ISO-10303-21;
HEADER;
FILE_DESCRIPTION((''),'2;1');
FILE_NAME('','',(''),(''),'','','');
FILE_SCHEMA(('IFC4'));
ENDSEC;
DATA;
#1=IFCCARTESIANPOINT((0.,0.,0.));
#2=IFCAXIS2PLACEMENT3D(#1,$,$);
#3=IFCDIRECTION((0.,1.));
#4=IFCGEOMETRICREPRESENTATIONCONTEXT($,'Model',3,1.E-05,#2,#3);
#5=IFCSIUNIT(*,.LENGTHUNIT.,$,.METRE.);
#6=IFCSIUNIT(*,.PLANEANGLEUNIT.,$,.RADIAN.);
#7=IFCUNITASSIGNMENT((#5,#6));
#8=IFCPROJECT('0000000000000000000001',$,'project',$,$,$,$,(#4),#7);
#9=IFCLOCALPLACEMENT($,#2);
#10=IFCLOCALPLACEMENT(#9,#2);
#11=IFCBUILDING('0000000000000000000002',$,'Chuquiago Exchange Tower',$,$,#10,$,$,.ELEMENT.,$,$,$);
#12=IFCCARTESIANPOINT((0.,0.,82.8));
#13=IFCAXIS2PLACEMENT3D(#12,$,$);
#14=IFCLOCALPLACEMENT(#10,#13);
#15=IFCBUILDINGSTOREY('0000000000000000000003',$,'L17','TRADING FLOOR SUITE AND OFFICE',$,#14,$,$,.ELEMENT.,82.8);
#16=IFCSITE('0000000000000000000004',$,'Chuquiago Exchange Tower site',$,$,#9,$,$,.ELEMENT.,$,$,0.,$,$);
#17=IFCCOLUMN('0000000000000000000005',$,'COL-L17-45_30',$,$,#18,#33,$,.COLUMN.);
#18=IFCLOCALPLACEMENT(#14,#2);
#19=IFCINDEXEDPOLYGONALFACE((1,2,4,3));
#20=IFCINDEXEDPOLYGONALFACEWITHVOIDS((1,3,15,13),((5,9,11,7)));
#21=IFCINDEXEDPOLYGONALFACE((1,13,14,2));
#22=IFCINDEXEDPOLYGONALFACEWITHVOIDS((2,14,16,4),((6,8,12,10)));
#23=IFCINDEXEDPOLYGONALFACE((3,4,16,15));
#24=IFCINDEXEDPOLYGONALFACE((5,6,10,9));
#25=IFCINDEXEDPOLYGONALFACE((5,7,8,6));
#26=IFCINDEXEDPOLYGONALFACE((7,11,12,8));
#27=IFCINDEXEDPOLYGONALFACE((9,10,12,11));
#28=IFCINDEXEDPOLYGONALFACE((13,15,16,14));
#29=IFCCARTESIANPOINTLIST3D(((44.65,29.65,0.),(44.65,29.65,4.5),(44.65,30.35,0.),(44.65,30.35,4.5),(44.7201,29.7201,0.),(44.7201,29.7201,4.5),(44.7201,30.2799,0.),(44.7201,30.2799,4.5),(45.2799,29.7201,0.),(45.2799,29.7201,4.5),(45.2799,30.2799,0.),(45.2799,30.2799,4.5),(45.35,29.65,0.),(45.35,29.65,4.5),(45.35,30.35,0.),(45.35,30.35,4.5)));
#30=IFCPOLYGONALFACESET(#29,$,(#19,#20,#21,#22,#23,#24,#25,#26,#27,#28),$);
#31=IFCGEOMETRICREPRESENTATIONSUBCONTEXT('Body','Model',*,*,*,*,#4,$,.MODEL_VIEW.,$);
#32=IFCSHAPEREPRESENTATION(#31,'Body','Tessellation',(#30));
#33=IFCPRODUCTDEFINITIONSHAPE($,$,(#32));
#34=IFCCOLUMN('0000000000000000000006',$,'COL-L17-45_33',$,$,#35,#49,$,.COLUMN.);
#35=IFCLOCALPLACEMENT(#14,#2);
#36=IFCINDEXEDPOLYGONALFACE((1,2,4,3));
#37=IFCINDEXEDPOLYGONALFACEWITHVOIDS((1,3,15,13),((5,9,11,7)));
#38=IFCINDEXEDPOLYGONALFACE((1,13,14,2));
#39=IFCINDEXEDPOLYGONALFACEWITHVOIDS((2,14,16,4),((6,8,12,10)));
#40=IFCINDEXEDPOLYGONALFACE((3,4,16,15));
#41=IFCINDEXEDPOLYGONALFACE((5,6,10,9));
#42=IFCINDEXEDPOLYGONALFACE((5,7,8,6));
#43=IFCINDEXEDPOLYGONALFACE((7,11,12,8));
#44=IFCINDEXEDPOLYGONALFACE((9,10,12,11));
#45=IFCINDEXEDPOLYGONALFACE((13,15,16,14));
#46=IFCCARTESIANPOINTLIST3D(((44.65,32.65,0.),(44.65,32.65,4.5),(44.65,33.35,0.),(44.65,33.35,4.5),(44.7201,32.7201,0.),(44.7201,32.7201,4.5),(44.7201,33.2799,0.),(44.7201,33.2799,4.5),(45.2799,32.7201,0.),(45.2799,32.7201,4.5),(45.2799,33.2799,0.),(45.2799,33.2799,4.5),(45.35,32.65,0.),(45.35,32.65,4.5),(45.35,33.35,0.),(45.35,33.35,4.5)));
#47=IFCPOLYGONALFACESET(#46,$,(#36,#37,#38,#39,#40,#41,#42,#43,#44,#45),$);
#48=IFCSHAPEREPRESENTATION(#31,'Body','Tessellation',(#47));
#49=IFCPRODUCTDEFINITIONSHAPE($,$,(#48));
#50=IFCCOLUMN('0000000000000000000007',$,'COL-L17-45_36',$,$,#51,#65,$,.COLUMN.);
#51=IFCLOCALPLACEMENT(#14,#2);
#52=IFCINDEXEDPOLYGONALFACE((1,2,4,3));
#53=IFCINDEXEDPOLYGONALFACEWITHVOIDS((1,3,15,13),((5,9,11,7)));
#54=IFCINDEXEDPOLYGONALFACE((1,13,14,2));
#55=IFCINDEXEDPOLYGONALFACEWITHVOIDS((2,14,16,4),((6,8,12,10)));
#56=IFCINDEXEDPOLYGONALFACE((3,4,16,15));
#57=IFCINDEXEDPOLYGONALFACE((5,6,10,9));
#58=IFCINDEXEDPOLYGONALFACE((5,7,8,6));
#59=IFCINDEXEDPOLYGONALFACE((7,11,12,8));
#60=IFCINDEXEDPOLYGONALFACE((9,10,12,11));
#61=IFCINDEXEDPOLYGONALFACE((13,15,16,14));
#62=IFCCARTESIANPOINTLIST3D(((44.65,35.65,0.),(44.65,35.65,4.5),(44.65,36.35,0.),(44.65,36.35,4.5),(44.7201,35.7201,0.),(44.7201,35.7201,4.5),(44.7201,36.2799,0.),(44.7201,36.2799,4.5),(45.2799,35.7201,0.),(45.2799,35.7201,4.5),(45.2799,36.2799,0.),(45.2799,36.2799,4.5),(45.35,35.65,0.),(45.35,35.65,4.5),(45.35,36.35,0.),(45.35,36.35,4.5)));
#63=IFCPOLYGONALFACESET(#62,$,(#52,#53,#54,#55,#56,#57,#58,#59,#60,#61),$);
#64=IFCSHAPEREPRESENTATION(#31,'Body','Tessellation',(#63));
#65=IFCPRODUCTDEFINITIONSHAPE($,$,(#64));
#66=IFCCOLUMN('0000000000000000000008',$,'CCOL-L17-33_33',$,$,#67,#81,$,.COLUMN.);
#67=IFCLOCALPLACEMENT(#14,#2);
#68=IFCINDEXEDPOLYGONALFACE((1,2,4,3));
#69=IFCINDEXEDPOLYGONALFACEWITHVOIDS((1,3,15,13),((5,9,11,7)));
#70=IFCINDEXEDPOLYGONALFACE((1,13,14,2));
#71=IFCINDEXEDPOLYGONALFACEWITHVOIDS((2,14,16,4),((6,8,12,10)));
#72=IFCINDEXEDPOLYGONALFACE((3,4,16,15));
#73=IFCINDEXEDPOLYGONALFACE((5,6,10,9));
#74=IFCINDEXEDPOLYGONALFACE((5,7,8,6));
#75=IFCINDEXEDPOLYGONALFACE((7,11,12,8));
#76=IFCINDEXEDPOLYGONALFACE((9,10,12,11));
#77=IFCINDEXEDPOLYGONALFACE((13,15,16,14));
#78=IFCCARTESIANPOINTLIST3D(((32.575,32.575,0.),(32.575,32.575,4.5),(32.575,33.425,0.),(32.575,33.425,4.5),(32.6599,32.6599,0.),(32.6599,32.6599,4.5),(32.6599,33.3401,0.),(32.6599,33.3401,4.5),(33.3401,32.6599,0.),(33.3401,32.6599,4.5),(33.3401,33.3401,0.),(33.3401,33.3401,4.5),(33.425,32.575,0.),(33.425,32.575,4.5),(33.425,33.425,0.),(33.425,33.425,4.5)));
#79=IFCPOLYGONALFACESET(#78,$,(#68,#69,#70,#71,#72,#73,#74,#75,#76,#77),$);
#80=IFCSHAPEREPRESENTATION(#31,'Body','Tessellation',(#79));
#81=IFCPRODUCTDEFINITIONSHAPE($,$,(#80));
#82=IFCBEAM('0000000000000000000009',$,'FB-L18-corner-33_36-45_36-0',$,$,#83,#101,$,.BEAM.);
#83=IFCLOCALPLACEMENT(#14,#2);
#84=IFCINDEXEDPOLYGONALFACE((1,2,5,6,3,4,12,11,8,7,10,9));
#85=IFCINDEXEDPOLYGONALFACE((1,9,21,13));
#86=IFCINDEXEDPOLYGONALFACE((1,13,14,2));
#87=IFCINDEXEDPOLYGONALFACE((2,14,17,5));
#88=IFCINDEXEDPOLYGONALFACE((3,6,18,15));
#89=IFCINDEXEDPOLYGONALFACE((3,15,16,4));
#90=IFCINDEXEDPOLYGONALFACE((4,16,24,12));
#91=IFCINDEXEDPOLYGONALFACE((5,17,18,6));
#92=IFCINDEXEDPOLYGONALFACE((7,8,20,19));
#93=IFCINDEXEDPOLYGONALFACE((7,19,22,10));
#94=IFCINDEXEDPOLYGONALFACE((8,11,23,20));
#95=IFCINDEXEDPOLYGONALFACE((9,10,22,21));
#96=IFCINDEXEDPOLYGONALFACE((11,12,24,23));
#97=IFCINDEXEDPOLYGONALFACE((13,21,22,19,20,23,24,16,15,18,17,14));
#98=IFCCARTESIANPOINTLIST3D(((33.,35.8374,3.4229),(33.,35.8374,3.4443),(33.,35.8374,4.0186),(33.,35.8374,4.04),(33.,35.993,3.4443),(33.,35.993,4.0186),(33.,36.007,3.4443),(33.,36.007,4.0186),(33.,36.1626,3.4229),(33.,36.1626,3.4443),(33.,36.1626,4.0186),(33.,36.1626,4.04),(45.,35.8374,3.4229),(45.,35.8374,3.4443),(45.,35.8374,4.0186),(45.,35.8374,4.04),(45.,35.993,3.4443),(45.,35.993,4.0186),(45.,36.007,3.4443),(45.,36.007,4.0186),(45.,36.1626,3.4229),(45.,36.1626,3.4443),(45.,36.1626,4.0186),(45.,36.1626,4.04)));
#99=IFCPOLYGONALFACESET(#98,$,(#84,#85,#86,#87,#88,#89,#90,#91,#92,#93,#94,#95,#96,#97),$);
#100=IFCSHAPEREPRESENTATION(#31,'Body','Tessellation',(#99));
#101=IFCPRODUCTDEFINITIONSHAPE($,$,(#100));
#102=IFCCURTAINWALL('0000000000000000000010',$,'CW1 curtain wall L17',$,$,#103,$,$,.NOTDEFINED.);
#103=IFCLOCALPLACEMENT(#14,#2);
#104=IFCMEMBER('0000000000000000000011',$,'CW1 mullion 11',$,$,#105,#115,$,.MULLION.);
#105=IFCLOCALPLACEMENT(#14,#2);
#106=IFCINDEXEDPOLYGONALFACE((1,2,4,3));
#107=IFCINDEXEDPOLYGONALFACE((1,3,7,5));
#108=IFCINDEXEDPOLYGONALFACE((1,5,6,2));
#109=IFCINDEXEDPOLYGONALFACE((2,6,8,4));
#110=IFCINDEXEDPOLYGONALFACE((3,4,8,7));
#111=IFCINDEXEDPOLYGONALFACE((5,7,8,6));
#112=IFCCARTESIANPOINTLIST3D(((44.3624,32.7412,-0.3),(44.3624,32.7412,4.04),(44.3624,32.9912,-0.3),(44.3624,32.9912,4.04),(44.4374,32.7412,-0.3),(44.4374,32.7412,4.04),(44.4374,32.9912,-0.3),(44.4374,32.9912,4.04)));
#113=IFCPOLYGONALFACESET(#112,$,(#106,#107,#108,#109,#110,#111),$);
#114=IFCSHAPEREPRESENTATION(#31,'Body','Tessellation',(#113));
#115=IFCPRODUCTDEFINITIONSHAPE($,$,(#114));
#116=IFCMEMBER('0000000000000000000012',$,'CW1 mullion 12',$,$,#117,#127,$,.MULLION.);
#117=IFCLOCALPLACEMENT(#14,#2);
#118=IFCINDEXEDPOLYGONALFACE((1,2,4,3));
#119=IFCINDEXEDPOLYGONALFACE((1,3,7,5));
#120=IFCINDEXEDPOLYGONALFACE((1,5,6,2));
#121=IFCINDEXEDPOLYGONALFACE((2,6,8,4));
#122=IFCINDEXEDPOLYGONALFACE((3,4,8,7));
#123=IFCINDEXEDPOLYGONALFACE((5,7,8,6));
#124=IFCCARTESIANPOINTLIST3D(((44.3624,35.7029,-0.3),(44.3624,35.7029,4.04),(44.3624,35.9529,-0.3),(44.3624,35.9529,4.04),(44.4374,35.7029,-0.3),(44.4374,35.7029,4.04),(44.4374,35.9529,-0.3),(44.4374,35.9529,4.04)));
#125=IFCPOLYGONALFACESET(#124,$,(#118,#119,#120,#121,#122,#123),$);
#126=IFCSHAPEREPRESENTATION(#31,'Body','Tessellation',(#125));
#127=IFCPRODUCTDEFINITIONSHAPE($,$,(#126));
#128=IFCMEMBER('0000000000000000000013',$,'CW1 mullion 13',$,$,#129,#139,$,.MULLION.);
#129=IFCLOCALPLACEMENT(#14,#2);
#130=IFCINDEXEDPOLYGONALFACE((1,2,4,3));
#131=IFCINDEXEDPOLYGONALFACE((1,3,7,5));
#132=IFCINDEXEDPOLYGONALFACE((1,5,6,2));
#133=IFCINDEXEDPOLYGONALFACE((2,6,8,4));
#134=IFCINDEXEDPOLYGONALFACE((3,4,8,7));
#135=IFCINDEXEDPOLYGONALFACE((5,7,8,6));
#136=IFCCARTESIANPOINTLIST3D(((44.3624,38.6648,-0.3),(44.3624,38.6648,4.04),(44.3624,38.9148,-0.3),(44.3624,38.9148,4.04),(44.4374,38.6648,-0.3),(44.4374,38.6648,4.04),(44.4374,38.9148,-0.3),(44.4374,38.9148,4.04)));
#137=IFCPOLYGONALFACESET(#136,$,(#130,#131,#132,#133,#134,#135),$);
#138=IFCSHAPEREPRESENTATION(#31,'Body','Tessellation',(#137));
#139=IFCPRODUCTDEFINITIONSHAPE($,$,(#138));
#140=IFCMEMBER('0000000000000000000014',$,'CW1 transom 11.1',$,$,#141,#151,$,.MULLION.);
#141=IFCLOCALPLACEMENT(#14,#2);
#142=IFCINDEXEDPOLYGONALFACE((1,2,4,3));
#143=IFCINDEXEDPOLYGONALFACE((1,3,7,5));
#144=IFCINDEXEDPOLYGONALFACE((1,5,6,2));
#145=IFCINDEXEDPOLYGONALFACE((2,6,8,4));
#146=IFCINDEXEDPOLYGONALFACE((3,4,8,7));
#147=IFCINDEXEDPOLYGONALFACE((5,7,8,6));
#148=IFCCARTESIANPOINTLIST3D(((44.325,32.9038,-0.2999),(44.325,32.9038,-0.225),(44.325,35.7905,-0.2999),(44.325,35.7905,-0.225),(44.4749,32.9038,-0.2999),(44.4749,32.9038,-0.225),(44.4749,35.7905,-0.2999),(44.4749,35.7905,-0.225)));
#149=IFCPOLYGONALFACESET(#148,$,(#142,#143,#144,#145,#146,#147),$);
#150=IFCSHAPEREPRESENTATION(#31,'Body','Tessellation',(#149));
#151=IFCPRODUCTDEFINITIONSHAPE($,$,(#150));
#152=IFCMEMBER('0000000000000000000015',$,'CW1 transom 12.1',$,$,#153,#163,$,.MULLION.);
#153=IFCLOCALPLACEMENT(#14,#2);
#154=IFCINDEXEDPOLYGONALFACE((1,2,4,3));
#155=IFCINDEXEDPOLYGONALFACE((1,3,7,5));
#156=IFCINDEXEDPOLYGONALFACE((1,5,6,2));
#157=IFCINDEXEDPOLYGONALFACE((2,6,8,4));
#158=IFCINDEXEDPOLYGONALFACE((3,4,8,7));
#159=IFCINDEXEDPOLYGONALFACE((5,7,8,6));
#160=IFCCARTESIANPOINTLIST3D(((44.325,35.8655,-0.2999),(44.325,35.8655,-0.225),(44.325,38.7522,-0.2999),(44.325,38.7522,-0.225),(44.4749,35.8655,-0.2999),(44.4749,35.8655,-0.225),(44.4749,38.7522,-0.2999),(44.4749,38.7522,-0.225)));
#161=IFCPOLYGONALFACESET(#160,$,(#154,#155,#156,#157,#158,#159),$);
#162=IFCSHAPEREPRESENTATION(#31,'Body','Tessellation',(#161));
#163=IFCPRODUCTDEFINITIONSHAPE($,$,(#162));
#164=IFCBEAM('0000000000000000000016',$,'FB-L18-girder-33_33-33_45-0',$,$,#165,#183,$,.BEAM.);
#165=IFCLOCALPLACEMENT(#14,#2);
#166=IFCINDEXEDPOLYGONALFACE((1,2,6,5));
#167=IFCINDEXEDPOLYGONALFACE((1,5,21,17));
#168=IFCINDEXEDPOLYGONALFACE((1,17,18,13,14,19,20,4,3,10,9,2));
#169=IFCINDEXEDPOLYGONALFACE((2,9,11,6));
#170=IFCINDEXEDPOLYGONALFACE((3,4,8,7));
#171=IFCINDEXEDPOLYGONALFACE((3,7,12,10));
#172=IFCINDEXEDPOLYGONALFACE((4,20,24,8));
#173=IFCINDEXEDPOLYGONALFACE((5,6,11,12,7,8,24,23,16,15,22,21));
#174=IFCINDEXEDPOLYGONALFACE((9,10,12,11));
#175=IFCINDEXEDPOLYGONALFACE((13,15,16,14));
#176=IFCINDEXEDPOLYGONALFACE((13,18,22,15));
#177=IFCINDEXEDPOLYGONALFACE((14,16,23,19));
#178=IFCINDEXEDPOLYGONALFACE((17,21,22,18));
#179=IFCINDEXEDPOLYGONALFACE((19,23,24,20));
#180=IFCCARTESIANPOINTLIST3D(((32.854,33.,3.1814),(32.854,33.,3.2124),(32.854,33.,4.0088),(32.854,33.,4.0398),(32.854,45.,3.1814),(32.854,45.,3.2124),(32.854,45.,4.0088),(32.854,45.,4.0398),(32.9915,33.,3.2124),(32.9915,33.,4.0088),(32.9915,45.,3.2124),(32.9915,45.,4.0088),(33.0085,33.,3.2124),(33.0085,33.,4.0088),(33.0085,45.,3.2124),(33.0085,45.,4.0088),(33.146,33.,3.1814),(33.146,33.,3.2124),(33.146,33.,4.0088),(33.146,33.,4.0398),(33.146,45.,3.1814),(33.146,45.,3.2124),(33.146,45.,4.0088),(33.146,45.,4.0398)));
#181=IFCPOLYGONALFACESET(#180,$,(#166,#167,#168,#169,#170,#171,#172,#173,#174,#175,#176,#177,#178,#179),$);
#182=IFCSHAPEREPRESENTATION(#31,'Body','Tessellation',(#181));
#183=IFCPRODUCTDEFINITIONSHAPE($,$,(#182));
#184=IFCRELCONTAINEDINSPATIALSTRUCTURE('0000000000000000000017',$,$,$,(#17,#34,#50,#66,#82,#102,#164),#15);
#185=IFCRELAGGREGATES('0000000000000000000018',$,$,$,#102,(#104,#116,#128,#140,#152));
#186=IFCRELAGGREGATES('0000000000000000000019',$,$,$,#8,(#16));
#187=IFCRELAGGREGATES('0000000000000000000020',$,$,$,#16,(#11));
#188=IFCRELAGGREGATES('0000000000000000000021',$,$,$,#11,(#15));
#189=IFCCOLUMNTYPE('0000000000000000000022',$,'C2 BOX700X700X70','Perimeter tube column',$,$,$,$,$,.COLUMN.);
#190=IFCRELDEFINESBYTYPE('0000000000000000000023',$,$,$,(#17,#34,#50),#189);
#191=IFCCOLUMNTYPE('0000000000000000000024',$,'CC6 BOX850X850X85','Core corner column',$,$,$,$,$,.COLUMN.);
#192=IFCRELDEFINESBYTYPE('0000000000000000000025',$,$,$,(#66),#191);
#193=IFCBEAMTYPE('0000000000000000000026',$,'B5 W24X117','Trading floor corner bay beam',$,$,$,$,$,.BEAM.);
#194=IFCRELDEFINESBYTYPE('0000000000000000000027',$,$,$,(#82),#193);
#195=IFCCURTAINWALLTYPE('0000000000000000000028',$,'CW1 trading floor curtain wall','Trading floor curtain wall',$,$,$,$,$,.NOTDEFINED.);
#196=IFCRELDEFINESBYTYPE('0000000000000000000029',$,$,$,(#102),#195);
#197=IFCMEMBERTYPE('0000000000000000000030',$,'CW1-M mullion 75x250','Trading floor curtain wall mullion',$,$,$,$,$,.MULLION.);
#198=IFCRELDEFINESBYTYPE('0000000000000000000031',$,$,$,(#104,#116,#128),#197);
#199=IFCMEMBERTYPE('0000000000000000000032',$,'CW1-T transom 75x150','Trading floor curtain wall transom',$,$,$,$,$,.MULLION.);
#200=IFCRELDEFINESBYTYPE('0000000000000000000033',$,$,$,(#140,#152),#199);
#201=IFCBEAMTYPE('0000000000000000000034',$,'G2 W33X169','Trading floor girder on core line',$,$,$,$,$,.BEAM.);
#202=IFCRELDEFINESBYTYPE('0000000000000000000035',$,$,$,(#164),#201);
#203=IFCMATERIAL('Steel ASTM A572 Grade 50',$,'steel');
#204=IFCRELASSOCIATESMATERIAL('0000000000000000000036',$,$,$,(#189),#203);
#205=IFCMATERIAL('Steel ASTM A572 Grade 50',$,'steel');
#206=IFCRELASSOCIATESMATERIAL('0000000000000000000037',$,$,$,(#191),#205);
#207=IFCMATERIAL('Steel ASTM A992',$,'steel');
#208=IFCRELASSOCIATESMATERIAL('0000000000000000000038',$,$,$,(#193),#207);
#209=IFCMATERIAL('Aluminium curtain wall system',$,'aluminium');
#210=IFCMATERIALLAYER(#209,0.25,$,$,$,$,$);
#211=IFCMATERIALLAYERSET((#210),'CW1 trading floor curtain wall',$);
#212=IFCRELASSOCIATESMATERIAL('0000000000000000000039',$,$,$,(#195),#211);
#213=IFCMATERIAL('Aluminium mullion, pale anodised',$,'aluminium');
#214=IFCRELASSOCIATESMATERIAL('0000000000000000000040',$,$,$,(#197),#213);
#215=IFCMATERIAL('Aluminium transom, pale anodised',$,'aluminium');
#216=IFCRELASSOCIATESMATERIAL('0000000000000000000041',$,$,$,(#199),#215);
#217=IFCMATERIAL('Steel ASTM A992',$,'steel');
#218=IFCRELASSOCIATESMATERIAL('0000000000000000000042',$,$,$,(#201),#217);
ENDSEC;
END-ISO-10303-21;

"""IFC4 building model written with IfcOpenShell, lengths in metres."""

from ifc_helpers import new_model, si_unit, direction, frame, origin, origin_2d, place, context, subcontext, project, spatial, rectangle, hollow_rectangle, i_section, extrude, material, layer, layer_set, material_profile, profile_set, type_object, element, aggregate, save


model = new_model("IFC4")

# Units and contexts
model_context = context("Model", 3, precision=1e-05, world=origin(), true_north=direction((0.0, 1.0)))
body_context = subcontext(model_context, "Body", "Model", "MODEL_VIEW")
ifc_project = project(units=[si_unit("LENGTHUNIT", "METRE"), si_unit("PLANEANGLEUNIT", "RADIAN")], contexts=[model_context])

# Site, building, storey
site_placement = place(None, origin())
site = spatial("IfcSite", under=ifc_project, at=site_placement, Name="Chuquiago Exchange Tower site", CompositionType="ELEMENT", RefElevation=0.0)
building_placement = place(site_placement, origin())
building = spatial("IfcBuilding", under=site, at=building_placement, Name="Chuquiago Exchange Tower", CompositionType="ELEMENT")
storey_placement = place(building_placement, frame((0.0, 0.0, 82.8)))
storey = spatial("IfcBuildingStorey", under=building, at=storey_placement, Name="L17", Description="TRADING FLOOR SUITE AND OFFICE", CompositionType="ELEMENT", Elevation=82.8)

# Columns
ifc_material_1 = material(Name="Steel ASTM A572 Grade 50", Category="steel")
ifc_material_profile_1 = material_profile(ifc_material_1, hollow_rectangle(XDim=0.7, YDim=0.7, WallThickness=0.0701, at=origin_2d()), Name="BOX700X700X70")
ifc_profile_set_1 = profile_set([ifc_material_profile_1], Name="Steel ASTM A572 Grade 50")
column_type_1 = type_object("IfcColumnType", Name="C2 BOX700X700X70", Description="Perimeter tube column", PredefinedType="COLUMN", material=ifc_profile_set_1)
for number, where, z_axis, x_axis, name in (
    (1, (45.0, 30.0, 0.0), (0.0, 0.0, 1.0), (1.0, 0.0, 0.0), "COL-L17-45_30"),
    (2, (45.0, 33.0, 0.0), (0.0, 0.0, 1.0), (1.0, 0.0, 0.0), "COL-L17-45_33"),
    (3, (45.0, 36.0, 0.0), (0.0, 0.0, 1.0), (1.0, 0.0, 0.0), "COL-L17-45_36"),
):
    element("IfcColumn", number, at=place(storey_placement, frame(where, z_axis=z_axis, x_axis=x_axis)), inside=storey, type_object=column_type_1, Name=name, PredefinedType="COLUMN", context=body_context, shape_type="SweptSolid", body=[
        extrude(hollow_rectangle(XDim=0.7, YDim=0.7, WallThickness=0.0701, at=origin_2d()), origin(), (0.0, 0.0, 1.0), 4.5),
    ])
ifc_material_2 = material(Name="Steel ASTM A572 Grade 50", Category="steel")
ifc_material_profile_2 = material_profile(ifc_material_2, hollow_rectangle(XDim=0.8501, YDim=0.8501, WallThickness=0.085, at=origin_2d()), Name="BOX850X850X85")
ifc_profile_set_2 = profile_set([ifc_material_profile_2], Name="Steel ASTM A572 Grade 50")
column_type_2 = type_object("IfcColumnType", Name="CC6 BOX850X850X85", Description="Core corner column", PredefinedType="COLUMN", material=ifc_profile_set_2)
column_placement = place(storey_placement, frame((33.0, 33.0, 0.0), z_axis=(0.0, 0.0, 1.0), x_axis=(1.0, 0.0, 0.0)))
element("IfcColumn", 4, at=column_placement, inside=storey, type_object=column_type_2, Name="CCOL-L17-33_33", PredefinedType="COLUMN", context=body_context, shape_type="SweptSolid", body=[
    extrude(hollow_rectangle(XDim=0.8501, YDim=0.8501, WallThickness=0.085, at=origin_2d()), origin(), (0.0, 0.0, 1.0), 4.5),
])

# Beam
ifc_material_3 = material(Name="Steel ASTM A992", Category="steel")
ifc_material_profile_3 = material_profile(ifc_material_3, i_section(OverallWidth=0.3252, OverallDepth=0.6172, WebThickness=0.0139, FlangeThickness=0.0215, at=origin_2d()), Name="W24X117")
ifc_profile_set_3 = profile_set([ifc_material_profile_3], Name="Steel ASTM A992")
beam_type_1 = type_object("IfcBeamType", Name="B5 W24X117", Description="Trading floor corner bay beam", PredefinedType="BEAM", material=ifc_profile_set_3)
beam_placement = place(storey_placement, frame((33.0, 36.0, 3.7314), z_axis=(1.0, 0.0, 0.0), x_axis=(0.0, 1.0, 0.0)))
element("IfcBeam", 5, at=beam_placement, inside=storey, type_object=beam_type_1, Name="FB-L18-corner-33_36-45_36-0", PredefinedType="BEAM", context=body_context, shape_type="SweptSolid", body=[
    extrude(i_section(OverallWidth=0.3252, OverallDepth=0.6172, WebThickness=0.0139, FlangeThickness=0.0215, at=origin_2d()), origin(), (0.0, 0.0, 1.0), 12.0),
])

# Curtain wall, members
ifc_material_4 = material(Name="Aluminium curtain wall system", Category="aluminium")
ifc_layer_1 = layer(ifc_material_4, 0.25)
ifc_layer_set_1 = layer_set([ifc_layer_1], Name="CW1 trading floor curtain wall")
curtain_wall_type = type_object("IfcCurtainWallType", Name="CW1 trading floor curtain wall", Description="Trading floor curtain wall", PredefinedType="NOTDEFINED", material=ifc_layer_set_1)
curtain_wall_placement = place(storey_placement, origin())
curtain_wall = element("IfcCurtainWall", 6, at=curtain_wall_placement, inside=storey, type_object=curtain_wall_type, Name="CW1 curtain wall L17", PredefinedType="NOTDEFINED")
ifc_material_5 = material(Name="Aluminium mullion, pale anodised", Category="aluminium")
ifc_material_profile_4 = material_profile(ifc_material_5, rectangle(XDim=0.075, YDim=0.25, at=origin_2d()), Name="AL 75x250")
ifc_profile_set_4 = profile_set([ifc_material_profile_4], Name="Aluminium mullion, pale anodised")
member_type_1 = type_object("IfcMemberType", Name="CW1-M mullion 75x250", Description="Trading floor curtain wall mullion", PredefinedType="MULLION", material=ifc_profile_set_4)
member_1_placement = place(storey_placement, frame((44.3999, 32.8662, -0.3), z_axis=(0.0, 0.0, 1.0), x_axis=(-1.0, 0.0, 0.0)))
member_1 = element("IfcMember", 7, at=member_1_placement, type_object=member_type_1, Name="CW1 mullion 11", PredefinedType="MULLION", context=body_context, shape_type="SweptSolid", body=[
    extrude(rectangle(XDim=0.075, YDim=0.25, at=origin_2d()), origin(), (0.0, 0.0, 1.0), 4.3401),
])
member_2_placement = place(storey_placement, frame((44.3999, 35.8279, -0.3), z_axis=(0.0, 0.0, 1.0), x_axis=(-1.0, 0.0, 0.0)))
member_2 = element("IfcMember", 8, at=member_2_placement, type_object=member_type_1, Name="CW1 mullion 12", PredefinedType="MULLION", context=body_context, shape_type="SweptSolid", body=[
    extrude(rectangle(XDim=0.075, YDim=0.25, at=origin_2d()), origin(), (0.0, 0.0, 1.0), 4.3401),
])
member_3_placement = place(storey_placement, frame((44.3999, 38.7898, -0.3), z_axis=(0.0, 0.0, 1.0), x_axis=(-1.0, 0.0, 0.0)))
member_3 = element("IfcMember", 9, at=member_3_placement, type_object=member_type_1, Name="CW1 mullion 13", PredefinedType="MULLION", context=body_context, shape_type="SweptSolid", body=[
    extrude(rectangle(XDim=0.075, YDim=0.25, at=origin_2d()), origin(), (0.0, 0.0, 1.0), 4.3401),
])
ifc_material_6 = material(Name="Aluminium transom, pale anodised", Category="aluminium")
ifc_material_profile_5 = material_profile(ifc_material_6, rectangle(XDim=0.1499, YDim=0.075, at=origin_2d()), Name="AL 150x75")
ifc_profile_set_5 = profile_set([ifc_material_profile_5], Name="Aluminium transom, pale anodised")
member_type_2 = type_object("IfcMemberType", Name="CW1-T transom 75x150", Description="Trading floor curtain wall transom", PredefinedType="MULLION", material=ifc_profile_set_5)
member_4_placement = place(storey_placement, frame((44.3999, 32.9038, -0.2625), z_axis=(0.0, 1.0, 0.0), x_axis=(-1.0, 0.0, 0.0)))
member_4 = element("IfcMember", 10, at=member_4_placement, type_object=member_type_2, Name="CW1 transom 11.1", PredefinedType="MULLION", context=body_context, shape_type="SweptSolid", body=[
    extrude(rectangle(XDim=0.1499, YDim=0.075, at=origin_2d()), origin(), (0.0, 0.0, 1.0), 2.8867),
])
member_5_placement = place(storey_placement, frame((44.3999, 35.8655, -0.2625), z_axis=(0.0, 1.0, 0.0), x_axis=(-1.0, 0.0, 0.0)))
member_5 = element("IfcMember", 11, at=member_5_placement, type_object=member_type_2, Name="CW1 transom 12.1", PredefinedType="MULLION", context=body_context, shape_type="SweptSolid", body=[
    extrude(rectangle(XDim=0.1499, YDim=0.075, at=origin_2d()), origin(), (0.0, 0.0, 1.0), 2.8867),
])

# Beam
ifc_material_7 = material(Name="Steel ASTM A992", Category="steel")
ifc_material_profile_6 = material_profile(ifc_material_7, i_section(OverallWidth=0.292, OverallDepth=0.8584, WebThickness=0.0171, FlangeThickness=0.031, at=origin_2d()), Name="W33X169")
ifc_profile_set_6 = profile_set([ifc_material_profile_6], Name="Steel ASTM A992")
beam_type_2 = type_object("IfcBeamType", Name="G2 W33X169", Description="Trading floor girder on core line", PredefinedType="BEAM", material=ifc_profile_set_6)
for number, where, z_axis, x_axis, name in (
    (12, (33.0, 33.0, 3.6106), (0.0, 1.0, 0.0), (-1.0, 0.0, 0.0), "FB-L18-girder-33_33-33_45-0"),
):
    element("IfcBeam", number, at=place(storey_placement, frame(where, z_axis=z_axis, x_axis=x_axis)), inside=storey, type_object=beam_type_2, Name=name, PredefinedType="BEAM", context=body_context, shape_type="SweptSolid", body=[
        extrude(i_section(OverallWidth=0.292, OverallDepth=0.8584, WebThickness=0.0171, FlangeThickness=0.031, at=origin_2d()), origin(), (0.0, 0.0, 1.0), 12.0),
    ])

aggregate(curtain_wall, [member_1, member_2, member_3, member_4, member_5])

save(model, "model.ifc")
